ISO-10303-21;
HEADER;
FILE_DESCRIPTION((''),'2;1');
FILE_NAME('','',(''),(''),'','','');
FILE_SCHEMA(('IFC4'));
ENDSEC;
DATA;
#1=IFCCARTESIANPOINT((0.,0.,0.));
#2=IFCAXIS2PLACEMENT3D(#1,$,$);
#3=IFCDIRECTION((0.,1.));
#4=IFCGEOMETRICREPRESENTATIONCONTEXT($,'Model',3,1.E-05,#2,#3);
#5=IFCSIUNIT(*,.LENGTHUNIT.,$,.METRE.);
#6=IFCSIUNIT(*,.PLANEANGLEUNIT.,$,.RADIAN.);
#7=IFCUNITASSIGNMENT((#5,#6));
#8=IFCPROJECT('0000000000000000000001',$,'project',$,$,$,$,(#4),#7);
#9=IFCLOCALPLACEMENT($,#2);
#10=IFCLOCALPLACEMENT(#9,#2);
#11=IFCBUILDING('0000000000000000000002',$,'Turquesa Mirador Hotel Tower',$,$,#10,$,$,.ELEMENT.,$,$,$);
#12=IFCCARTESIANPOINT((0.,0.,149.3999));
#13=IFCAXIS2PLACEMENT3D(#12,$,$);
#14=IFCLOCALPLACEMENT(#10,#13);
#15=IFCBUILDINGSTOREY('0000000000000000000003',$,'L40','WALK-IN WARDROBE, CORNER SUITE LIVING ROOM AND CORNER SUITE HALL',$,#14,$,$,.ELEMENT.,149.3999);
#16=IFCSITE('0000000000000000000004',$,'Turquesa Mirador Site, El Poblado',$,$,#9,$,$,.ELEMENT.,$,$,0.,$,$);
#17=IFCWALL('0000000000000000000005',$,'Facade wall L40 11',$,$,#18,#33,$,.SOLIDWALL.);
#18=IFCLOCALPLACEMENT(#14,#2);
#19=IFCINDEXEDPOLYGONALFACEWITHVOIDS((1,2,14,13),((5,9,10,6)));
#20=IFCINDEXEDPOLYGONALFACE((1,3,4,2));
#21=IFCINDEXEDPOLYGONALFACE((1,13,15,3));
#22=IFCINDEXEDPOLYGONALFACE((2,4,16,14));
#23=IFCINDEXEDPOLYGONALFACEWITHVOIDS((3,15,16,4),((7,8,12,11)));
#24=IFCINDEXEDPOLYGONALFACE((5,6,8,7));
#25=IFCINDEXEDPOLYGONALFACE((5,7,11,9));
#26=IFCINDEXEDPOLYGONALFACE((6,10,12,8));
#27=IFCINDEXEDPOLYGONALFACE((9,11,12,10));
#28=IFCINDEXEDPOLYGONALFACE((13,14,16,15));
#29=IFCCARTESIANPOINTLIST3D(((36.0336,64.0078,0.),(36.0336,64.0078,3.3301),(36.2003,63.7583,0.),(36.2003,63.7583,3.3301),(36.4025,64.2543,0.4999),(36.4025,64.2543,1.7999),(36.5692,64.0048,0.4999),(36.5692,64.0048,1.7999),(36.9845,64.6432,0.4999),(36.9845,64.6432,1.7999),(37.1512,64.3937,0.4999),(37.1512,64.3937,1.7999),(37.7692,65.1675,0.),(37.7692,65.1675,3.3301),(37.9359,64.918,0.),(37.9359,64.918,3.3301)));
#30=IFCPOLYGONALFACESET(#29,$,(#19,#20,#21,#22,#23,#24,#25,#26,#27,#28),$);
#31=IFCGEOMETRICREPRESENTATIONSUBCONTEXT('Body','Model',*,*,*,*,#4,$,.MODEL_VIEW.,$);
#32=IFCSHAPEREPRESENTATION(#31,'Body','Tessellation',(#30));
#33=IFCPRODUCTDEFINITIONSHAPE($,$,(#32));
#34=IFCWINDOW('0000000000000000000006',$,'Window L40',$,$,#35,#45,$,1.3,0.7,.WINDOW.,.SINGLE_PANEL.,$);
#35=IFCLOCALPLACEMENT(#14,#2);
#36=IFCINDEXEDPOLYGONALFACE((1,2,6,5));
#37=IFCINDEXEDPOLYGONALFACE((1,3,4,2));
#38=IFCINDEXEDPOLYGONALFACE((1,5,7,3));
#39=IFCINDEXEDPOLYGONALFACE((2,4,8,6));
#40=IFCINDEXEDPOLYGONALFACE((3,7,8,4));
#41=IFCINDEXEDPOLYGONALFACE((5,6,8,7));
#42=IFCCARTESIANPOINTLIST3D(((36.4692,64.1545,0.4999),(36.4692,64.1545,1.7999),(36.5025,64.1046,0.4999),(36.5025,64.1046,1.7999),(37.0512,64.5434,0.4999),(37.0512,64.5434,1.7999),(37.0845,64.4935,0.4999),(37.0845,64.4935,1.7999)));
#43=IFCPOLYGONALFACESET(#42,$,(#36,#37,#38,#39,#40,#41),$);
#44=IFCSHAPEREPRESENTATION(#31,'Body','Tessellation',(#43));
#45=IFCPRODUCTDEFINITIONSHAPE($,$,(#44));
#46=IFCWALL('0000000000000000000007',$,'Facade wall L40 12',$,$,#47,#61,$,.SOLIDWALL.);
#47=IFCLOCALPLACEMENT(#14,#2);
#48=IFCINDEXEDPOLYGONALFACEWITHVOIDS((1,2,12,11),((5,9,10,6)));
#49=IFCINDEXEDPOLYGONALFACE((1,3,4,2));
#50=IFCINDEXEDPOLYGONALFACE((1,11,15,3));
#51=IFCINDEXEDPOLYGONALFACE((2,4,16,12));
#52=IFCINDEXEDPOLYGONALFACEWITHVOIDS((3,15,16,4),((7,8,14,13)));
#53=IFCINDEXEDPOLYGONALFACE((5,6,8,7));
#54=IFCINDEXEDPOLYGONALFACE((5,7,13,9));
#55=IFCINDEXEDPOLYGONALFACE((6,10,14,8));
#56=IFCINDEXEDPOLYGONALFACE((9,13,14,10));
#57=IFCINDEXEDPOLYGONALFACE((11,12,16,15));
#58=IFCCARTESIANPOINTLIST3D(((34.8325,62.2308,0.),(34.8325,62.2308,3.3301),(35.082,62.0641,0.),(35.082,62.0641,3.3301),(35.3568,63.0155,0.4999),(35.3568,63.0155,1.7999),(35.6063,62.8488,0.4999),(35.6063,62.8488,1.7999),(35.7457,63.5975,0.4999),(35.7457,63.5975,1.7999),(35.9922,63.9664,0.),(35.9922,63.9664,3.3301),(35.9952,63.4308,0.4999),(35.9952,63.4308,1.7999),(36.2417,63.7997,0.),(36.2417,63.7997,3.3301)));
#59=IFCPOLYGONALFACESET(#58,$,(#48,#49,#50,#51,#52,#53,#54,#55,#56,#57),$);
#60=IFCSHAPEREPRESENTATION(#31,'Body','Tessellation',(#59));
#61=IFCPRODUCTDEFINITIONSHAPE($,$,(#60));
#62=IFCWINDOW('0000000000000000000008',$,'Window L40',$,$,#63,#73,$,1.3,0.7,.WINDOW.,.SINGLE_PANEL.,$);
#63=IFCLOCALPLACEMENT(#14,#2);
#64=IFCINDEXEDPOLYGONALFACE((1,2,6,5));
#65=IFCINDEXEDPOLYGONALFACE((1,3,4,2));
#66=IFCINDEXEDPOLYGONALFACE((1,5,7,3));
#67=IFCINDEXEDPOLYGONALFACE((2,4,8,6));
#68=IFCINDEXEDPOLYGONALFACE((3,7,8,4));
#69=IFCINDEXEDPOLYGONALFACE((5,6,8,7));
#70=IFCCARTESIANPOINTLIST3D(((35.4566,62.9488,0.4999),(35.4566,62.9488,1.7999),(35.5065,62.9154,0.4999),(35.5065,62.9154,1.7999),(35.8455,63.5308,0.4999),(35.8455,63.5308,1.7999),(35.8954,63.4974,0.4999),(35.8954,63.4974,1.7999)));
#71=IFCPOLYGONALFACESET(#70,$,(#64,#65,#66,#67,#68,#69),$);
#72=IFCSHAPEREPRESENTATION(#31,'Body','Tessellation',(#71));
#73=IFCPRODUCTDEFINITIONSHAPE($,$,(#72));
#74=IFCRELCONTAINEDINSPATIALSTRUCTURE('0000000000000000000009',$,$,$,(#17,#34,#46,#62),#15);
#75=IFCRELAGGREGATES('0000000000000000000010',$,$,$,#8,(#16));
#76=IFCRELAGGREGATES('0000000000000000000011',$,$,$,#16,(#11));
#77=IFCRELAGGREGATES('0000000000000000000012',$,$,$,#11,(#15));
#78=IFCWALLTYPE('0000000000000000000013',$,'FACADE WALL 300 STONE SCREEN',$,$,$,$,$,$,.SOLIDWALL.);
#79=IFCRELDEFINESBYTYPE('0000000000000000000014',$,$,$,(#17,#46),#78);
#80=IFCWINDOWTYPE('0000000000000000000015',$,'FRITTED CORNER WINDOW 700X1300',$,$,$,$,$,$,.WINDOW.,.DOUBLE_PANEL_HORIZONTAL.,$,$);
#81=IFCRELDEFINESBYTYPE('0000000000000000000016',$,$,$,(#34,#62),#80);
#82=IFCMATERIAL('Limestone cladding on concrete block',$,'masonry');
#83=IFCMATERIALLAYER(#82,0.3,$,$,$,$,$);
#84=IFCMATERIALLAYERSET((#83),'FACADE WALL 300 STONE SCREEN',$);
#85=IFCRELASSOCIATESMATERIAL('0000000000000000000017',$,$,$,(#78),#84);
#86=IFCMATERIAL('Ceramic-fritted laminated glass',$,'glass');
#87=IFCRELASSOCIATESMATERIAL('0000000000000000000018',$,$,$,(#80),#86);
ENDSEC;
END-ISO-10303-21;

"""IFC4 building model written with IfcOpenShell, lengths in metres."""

from ifc_helpers import new_model, si_unit, direction, frame, frame_2d, origin, place, context, subcontext, project, spatial, rectangle, extrude, material, layer, layer_set, type_object, element, fill, save


model = new_model("IFC4")

# Units and contexts
model_context = context("Model", 3, precision=1e-05, world=origin(), true_north=direction((0.0, 1.0)))
body_context = subcontext(model_context, "Body", "Model", "MODEL_VIEW")
ifc_project = project(units=[si_unit("LENGTHUNIT", "METRE"), si_unit("PLANEANGLEUNIT", "RADIAN")], contexts=[model_context])

# Site, building, storey
site_placement = place(None, origin())
site = spatial("IfcSite", under=ifc_project, at=site_placement, Name="Turquesa Mirador Site, El Poblado", CompositionType="ELEMENT", RefElevation=0.0)
building_placement = place(site_placement, origin())
building = spatial("IfcBuilding", under=site, at=building_placement, Name="Turquesa Mirador Hotel Tower", CompositionType="ELEMENT")
storey_placement = place(building_placement, frame((0.0, 0.0, 149.3999)))
storey = spatial("IfcBuildingStorey", under=building, at=storey_placement, Name="L40", Description="WALK-IN WARDROBE, CORNER SUITE LIVING ROOM AND CORNER SUITE HALL", CompositionType="ELEMENT", Elevation=149.3999)

# Walls, openings, windows
ifc_material_1 = material(Name="Limestone cladding on concrete block", Category="masonry")
ifc_layer_1 = layer(ifc_material_1, 0.3)
ifc_layer_set_1 = layer_set([ifc_layer_1], Name="FACADE WALL 300 STONE SCREEN")
wall_type_1 = type_object("IfcWallType", Name="FACADE WALL 300 STONE SCREEN", PredefinedType="SOLIDWALL", material=ifc_layer_set_1)
wall_1_placement = place(storey_placement, frame((37.8525, 65.0427, 0.0), z_axis=(0.0, 0.0, 1.0), x_axis=(-0.831474, -0.555564, 0.0)))
wall_1 = element("IfcWall", 1, at=wall_1_placement, inside=storey, type_object=wall_type_1, Name="Facade wall L40 11", PredefinedType="SOLIDWALL", context=body_context, shape_type="SweptSolid", body=[
    extrude(rectangle(XDim=2.0874, YDim=0.3, at=frame_2d((1.0437, 0.0))), origin(), (0.0, 0.0, 1.0), 3.3301),
])
opening_1_placement = place(wall_1_placement, frame((0.9436, 0.0, 0.5)))
opening_1 = element("IfcOpeningElement", 2, at=opening_1_placement, cuts=wall_1, PredefinedType="OPENING", context=body_context, shape_type="SweptSolid", body=[
    extrude(rectangle(XDim=0.7, YDim=1.3, at=frame_2d((0.3501, 0.6499))), frame((0.0, 0.1599, 0.0), z_axis=(0.0, -1.0, 0.0), x_axis=(1.0, 0.0, 0.0)), (0.0, 0.0, 1.0), 0.3201),
])
ifc_material_2 = material(Name="Ceramic-fritted laminated glass", Category="glass")
window_type_1 = type_object("IfcWindowType", Name="FRITTED CORNER WINDOW 700X1300", PartitioningType="DOUBLE_PANEL_HORIZONTAL", PredefinedType="WINDOW", material=ifc_material_2)
window_1_placement = place(opening_1_placement, origin())
window_1 = element("IfcWindow", 3, at=window_1_placement, inside=storey, type_object=window_type_1, Name="Window L40", OverallHeight=1.3, OverallWidth=0.7, PartitioningType="SINGLE_PANEL", PredefinedType="WINDOW", context=body_context, shape_type="SweptSolid", body=[
    extrude(rectangle(XDim=0.7, YDim=1.3, at=frame_2d((0.3501, 0.6499))), frame((0.0, 0.03, 0.0), z_axis=(0.0, -1.0, 0.0), x_axis=(1.0, 0.0, 0.0)), (0.0, 0.0, 1.0), 0.0601),
])
fill(opening_1, window_1)
wall_2_placement = place(storey_placement, frame((36.1169, 63.8831, 0.0), z_axis=(0.0, 0.0, 1.0), x_axis=(-0.555564, -0.831474, 0.0)))
wall_2 = element("IfcWall", 4, at=wall_2_placement, inside=storey, type_object=wall_type_1, Name="Facade wall L40 12", PredefinedType="SOLIDWALL", context=body_context, shape_type="SweptSolid", body=[
    extrude(rectangle(XDim=2.0874, YDim=0.3, at=frame_2d((1.0437, 0.0))), origin(), (0.0, 0.0, 1.0), 3.3301),
])
opening_2_placement = place(wall_2_placement, frame((0.4436, 0.0, 0.5)))
opening_2 = element("IfcOpeningElement", 5, at=opening_2_placement, cuts=wall_2, PredefinedType="OPENING", context=body_context, shape_type="SweptSolid", body=[
    extrude(rectangle(XDim=0.7, YDim=1.3, at=frame_2d((0.3501, 0.6499))), frame((0.0, 0.1599, 0.0), z_axis=(0.0, -1.0, 0.0), x_axis=(1.0, 0.0, 0.0)), (0.0, 0.0, 1.0), 0.3201),
])
window_2_placement = place(opening_2_placement, origin())
window_2 = element("IfcWindow", 6, at=window_2_placement, inside=storey, type_object=window_type_1, Name="Window L40", OverallHeight=1.3, OverallWidth=0.7, PartitioningType="SINGLE_PANEL", PredefinedType="WINDOW", context=body_context, shape_type="SweptSolid", body=[
    extrude(rectangle(XDim=0.7, YDim=1.3, at=frame_2d((0.3501, 0.6499))), frame((0.0, 0.03, 0.0), z_axis=(0.0, -1.0, 0.0), x_axis=(1.0, 0.0, 0.0)), (0.0, 0.0, 1.0), 0.0601),
])
fill(opening_2, window_2)

save(model, "model.ifc")
